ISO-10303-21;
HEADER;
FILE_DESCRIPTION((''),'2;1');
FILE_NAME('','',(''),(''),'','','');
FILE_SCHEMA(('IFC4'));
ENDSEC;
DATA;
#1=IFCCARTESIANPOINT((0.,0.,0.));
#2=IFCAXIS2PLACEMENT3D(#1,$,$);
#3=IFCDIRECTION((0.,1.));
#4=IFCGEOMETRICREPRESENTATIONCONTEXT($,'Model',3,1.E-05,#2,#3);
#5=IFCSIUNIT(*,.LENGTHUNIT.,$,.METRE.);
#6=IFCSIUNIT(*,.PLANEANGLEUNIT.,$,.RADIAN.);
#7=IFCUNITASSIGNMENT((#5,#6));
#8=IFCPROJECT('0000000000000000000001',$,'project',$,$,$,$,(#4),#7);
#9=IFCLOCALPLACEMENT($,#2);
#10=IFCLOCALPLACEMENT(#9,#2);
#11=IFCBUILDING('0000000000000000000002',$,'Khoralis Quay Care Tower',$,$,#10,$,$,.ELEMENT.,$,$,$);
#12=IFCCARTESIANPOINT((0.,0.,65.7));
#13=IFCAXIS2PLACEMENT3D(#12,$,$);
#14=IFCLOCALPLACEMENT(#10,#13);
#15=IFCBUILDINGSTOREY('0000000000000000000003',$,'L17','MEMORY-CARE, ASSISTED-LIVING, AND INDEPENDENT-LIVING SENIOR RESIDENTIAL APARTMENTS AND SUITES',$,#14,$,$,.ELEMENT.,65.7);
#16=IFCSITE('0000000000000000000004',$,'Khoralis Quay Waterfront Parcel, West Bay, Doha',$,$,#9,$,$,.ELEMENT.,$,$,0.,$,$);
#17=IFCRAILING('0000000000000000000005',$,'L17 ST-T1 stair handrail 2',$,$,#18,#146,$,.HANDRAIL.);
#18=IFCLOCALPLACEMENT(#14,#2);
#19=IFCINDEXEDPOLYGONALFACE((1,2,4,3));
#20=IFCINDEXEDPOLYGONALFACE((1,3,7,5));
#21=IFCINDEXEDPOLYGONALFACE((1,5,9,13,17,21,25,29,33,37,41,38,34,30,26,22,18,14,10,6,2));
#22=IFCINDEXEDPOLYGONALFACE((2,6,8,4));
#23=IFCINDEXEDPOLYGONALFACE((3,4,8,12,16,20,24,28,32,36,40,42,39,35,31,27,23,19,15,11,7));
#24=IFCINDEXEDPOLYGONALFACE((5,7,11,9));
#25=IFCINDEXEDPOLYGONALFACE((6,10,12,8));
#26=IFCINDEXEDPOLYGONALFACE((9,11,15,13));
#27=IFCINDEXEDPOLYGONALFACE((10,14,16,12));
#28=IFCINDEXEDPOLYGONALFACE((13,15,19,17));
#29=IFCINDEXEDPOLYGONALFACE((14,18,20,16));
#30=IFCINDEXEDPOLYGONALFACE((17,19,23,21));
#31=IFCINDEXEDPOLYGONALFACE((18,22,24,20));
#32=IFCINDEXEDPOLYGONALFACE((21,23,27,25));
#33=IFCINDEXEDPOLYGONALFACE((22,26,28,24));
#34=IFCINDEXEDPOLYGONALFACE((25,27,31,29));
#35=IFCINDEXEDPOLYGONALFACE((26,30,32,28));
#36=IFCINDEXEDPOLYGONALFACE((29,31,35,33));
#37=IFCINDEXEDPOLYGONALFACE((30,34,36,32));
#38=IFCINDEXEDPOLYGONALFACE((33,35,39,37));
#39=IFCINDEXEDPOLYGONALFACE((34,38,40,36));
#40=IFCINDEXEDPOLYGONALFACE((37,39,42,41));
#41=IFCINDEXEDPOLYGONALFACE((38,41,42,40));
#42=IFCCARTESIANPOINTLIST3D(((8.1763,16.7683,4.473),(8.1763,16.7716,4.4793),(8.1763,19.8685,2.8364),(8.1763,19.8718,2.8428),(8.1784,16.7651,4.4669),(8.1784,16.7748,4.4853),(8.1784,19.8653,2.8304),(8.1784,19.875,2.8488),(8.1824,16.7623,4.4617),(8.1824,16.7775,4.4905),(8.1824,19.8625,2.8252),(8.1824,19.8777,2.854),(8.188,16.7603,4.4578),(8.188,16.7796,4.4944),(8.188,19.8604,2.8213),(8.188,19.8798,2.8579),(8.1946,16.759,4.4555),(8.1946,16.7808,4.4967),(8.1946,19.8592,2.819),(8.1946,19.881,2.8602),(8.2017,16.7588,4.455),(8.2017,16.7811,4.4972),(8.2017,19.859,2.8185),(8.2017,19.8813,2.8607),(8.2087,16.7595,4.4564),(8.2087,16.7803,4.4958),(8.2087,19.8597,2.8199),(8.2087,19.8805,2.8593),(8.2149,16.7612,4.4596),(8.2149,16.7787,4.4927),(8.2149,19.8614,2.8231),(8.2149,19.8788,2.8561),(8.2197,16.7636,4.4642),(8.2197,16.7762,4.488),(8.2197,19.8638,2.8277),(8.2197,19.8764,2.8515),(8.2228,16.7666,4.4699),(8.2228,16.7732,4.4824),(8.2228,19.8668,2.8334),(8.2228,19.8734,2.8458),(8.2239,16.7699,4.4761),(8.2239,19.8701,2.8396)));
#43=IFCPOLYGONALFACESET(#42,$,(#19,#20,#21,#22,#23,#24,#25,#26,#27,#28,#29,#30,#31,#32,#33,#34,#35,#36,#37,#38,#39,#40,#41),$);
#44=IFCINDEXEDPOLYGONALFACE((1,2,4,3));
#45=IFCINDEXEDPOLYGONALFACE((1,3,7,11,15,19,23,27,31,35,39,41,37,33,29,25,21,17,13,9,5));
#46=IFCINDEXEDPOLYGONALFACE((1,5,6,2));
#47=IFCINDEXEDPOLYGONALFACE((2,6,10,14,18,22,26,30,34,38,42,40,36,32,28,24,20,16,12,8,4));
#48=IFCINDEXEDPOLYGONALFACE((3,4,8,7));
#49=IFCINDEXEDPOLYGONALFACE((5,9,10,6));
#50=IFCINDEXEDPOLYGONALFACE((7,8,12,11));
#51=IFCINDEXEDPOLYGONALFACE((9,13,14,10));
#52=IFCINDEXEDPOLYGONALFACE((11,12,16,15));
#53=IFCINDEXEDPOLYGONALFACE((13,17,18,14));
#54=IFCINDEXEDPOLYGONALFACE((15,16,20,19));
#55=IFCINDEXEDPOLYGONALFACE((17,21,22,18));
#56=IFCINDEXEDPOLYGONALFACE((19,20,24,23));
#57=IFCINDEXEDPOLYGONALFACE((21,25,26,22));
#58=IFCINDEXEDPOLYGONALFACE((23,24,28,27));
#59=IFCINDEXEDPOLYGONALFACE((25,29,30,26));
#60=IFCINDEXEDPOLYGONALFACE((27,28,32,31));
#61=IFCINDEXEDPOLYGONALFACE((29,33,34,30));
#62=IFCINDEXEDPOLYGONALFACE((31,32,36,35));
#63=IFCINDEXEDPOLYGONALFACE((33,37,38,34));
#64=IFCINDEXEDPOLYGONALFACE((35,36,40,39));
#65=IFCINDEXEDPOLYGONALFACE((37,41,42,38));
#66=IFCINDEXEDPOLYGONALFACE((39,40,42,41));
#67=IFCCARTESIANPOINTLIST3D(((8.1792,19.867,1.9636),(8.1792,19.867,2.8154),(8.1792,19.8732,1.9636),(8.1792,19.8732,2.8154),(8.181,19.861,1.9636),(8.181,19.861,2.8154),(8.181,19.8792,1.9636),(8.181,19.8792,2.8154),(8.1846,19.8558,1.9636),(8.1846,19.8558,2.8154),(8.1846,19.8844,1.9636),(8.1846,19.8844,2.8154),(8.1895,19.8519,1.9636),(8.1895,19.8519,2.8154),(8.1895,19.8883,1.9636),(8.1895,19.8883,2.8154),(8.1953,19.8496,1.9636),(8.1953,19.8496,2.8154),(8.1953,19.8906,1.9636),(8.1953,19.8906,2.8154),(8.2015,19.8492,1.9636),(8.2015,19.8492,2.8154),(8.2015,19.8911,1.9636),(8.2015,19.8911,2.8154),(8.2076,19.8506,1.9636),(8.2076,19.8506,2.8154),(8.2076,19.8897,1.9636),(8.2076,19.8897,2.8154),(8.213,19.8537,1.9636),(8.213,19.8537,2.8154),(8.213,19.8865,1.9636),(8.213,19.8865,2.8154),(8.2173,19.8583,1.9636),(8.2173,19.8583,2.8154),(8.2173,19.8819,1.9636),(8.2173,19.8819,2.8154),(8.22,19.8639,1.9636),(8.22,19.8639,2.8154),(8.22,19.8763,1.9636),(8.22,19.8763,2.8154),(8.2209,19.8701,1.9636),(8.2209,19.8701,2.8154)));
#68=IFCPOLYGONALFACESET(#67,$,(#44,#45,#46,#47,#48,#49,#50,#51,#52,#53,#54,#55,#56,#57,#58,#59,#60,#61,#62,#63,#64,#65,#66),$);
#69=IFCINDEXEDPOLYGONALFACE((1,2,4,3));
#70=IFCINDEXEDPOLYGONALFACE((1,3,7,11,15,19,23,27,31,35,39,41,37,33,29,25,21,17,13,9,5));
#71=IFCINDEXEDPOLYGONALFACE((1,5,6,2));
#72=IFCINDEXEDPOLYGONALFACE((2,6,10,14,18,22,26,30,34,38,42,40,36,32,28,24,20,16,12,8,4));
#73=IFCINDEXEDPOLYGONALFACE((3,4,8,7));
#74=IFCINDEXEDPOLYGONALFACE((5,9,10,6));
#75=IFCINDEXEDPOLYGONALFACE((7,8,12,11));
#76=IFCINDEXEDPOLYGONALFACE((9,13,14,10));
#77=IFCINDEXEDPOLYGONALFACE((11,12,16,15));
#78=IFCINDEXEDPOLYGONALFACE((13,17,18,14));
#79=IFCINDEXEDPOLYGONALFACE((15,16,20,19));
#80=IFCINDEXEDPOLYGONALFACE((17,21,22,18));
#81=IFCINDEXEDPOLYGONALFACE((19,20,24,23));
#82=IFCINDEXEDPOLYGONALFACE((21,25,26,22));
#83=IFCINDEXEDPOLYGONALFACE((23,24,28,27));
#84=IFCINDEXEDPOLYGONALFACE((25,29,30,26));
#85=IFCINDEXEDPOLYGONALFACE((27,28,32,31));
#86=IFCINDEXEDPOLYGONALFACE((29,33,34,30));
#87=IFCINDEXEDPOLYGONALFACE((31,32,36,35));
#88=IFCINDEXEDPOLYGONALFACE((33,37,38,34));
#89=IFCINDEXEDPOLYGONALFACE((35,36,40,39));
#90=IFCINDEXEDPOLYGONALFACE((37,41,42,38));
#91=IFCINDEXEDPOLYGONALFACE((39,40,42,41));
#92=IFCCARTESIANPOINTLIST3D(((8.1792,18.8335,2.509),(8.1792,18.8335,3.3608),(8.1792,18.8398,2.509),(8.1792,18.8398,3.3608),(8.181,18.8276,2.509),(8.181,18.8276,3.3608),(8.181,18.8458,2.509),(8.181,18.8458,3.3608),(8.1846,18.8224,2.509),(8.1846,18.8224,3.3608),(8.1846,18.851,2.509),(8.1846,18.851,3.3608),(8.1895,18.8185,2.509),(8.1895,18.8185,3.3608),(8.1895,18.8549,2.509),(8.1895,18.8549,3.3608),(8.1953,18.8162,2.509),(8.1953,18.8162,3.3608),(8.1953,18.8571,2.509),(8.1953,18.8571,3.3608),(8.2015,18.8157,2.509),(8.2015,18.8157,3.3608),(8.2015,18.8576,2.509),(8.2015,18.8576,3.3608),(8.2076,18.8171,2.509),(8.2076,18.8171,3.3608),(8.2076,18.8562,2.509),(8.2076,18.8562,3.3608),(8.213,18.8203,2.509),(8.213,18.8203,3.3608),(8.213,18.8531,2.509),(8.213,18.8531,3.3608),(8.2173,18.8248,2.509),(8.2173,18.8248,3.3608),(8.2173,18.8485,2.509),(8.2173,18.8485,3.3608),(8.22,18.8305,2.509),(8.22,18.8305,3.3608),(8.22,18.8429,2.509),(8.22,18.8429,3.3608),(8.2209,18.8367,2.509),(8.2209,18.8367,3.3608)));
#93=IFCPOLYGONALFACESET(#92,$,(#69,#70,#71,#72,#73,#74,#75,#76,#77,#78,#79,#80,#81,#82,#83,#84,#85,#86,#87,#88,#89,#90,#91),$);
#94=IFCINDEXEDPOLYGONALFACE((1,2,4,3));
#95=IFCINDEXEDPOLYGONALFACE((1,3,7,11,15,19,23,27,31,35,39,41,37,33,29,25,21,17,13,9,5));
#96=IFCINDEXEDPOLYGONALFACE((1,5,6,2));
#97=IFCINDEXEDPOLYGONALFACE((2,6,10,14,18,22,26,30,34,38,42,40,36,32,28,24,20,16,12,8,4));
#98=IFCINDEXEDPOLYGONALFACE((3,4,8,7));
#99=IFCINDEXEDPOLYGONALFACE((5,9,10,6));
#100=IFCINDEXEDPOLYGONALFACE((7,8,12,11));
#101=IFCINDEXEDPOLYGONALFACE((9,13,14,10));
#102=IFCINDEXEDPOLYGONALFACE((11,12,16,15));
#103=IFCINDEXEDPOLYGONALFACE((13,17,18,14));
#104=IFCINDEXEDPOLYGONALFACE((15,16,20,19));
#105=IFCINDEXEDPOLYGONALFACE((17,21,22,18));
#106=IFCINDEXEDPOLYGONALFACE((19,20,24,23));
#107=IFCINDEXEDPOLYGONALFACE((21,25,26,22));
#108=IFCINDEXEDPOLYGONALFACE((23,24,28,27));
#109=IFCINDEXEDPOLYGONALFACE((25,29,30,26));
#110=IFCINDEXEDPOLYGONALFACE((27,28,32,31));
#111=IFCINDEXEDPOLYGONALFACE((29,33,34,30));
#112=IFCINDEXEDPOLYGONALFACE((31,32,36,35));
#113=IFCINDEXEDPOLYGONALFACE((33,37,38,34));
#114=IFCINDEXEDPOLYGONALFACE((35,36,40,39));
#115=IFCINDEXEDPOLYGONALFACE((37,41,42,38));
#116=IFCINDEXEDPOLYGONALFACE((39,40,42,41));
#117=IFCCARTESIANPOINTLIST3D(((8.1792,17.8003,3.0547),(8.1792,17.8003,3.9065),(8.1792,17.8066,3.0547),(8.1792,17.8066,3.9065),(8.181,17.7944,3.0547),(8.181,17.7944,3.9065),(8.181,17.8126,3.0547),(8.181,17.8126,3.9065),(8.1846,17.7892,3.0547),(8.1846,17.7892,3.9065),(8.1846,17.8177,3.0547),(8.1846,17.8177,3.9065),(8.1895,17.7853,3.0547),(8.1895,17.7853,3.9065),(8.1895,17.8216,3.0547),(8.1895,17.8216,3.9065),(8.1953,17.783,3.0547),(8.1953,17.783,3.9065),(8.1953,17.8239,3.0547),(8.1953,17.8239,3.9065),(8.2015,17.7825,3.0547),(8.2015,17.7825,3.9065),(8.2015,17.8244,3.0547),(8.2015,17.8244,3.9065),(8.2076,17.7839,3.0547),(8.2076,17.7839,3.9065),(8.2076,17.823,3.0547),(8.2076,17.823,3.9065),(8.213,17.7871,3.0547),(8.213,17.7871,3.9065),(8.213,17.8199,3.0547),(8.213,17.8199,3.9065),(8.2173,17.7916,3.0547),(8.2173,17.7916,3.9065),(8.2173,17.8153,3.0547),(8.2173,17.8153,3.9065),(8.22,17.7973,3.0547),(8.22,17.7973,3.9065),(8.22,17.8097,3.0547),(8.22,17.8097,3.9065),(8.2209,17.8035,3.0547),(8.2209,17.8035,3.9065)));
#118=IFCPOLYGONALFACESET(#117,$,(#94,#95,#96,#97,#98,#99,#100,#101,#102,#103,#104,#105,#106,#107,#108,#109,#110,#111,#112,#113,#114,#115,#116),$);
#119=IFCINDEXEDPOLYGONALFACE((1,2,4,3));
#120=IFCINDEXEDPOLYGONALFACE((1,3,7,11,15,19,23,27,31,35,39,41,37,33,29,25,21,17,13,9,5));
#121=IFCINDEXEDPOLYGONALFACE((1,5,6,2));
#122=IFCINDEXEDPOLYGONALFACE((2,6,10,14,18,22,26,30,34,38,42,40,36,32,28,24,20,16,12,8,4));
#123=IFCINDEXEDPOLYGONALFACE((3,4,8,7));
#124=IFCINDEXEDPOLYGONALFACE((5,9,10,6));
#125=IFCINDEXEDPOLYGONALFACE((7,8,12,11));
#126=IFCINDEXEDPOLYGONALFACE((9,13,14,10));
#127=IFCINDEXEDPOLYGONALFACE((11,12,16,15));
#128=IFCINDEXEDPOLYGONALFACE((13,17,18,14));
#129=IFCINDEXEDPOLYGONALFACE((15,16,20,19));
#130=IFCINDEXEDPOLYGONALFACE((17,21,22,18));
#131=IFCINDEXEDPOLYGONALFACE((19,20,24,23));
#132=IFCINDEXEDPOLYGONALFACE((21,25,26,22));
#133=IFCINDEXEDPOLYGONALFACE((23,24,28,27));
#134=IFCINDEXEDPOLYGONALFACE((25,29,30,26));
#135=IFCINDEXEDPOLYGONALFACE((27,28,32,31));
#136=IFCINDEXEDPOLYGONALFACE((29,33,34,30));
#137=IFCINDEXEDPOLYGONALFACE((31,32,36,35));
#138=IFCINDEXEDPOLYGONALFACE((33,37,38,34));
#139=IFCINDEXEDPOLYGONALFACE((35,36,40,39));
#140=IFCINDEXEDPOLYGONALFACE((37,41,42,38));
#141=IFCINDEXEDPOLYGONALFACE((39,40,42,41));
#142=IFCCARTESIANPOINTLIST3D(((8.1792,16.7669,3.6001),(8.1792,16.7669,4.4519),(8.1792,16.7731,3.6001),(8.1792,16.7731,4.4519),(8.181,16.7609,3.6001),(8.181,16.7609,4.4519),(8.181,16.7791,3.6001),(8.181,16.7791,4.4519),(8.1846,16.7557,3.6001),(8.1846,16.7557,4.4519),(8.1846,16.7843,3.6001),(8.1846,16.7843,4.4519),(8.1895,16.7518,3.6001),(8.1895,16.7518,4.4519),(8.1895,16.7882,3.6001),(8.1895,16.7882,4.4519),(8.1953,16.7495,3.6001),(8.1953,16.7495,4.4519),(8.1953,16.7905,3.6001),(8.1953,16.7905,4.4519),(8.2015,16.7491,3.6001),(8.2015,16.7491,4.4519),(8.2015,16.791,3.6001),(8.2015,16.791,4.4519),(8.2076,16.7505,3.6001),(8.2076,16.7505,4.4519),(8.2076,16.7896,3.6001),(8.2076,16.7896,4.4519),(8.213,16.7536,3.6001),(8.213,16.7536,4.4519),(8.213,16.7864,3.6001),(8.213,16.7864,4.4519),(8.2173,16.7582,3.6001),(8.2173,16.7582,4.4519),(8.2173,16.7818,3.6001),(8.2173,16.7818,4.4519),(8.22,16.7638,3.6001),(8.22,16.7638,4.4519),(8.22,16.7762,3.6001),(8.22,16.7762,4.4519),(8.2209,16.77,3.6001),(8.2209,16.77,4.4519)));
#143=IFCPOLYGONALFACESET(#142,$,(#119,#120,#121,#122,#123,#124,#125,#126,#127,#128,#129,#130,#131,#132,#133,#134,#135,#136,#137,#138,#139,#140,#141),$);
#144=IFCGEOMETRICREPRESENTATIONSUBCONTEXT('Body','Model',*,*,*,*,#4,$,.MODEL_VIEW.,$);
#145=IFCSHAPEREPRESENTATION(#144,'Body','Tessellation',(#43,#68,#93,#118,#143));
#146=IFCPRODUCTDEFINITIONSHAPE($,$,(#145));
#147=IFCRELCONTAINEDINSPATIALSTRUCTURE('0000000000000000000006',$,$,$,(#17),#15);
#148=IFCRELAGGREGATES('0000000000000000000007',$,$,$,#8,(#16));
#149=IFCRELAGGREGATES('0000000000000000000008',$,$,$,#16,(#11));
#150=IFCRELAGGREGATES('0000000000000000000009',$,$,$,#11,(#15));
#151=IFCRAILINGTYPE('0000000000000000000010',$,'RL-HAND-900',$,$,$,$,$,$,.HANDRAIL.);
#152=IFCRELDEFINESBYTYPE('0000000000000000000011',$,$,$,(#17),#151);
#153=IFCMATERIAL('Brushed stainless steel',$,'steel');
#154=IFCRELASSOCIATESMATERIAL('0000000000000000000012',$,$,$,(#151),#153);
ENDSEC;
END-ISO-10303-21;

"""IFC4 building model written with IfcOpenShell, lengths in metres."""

from ifc_helpers import new_model, si_unit, direction, frame, origin, origin_2d, place, context, subcontext, project, spatial, circle, extrude, material, type_object, element, save


model = new_model("IFC4")

# Units and contexts
model_context = context("Model", 3, precision=1e-05, world=origin(), true_north=direction((0.0, 1.0)))
body_context = subcontext(model_context, "Body", "Model", "MODEL_VIEW")
ifc_project = project(units=[si_unit("LENGTHUNIT", "METRE"), si_unit("PLANEANGLEUNIT", "RADIAN")], contexts=[model_context])

# Site, building, storey
site_placement = place(None, origin())
site = spatial("IfcSite", under=ifc_project, at=site_placement, Name="Khoralis Quay Waterfront Parcel, West Bay, Doha", CompositionType="ELEMENT", RefElevation=0.0)
building_placement = place(site_placement, origin())
building = spatial("IfcBuilding", under=site, at=building_placement, Name="Khoralis Quay Care Tower", CompositionType="ELEMENT")
storey_placement = place(building_placement, frame((0.0, 0.0, 65.7)))
storey = spatial("IfcBuildingStorey", under=building, at=storey_placement, Name="L17", Description="MEMORY-CARE, ASSISTED-LIVING, AND INDEPENDENT-LIVING SENIOR RESIDENTIAL APARTMENTS AND SUITES", CompositionType="ELEMENT", Elevation=65.7)

# Shared definitions
ifc_material_1 = material(Name="Brushed stainless steel", Category="steel")

# Railing
railing_type_1 = type_object("IfcRailingType", Name="RL-HAND-900", PredefinedType="HANDRAIL", material=ifc_material_1)
railing_1_placement = place(storey_placement, frame((8.2, 19.8701, 1.9636)))
element("IfcRailing", 1, at=railing_1_placement, inside=storey, type_object=railing_type_1, Name="L17 ST-T1 stair handrail 2", PredefinedType="HANDRAIL", context=body_context, shape_type="SweptSolid", body=[
    extrude(circle(Radius=0.0239, at=origin_2d()), frame((0.0, 0.0, 0.876), z_axis=(0.0, -0.884348, 0.466828), x_axis=(1.0, 0.0, 0.0)), (0.0, 0.0, 1.0), 3.5056),
    extrude(circle(Radius=0.021, at=origin_2d()), origin(), (0.0, 0.0, 1.0), 0.8518),
    extrude(circle(Radius=0.021, at=origin_2d()), frame((0.0, -1.0334, 0.5454)), (0.0, 0.0, 1.0), 0.8518),
    extrude(circle(Radius=0.021, at=origin_2d()), frame((0.0, -2.0667, 1.0911)), (0.0, 0.0, 1.0), 0.8518),
    extrude(circle(Radius=0.021, at=origin_2d()), frame((0.0, -3.1001, 1.6365)), (0.0, 0.0, 1.0), 0.8518),
])

save(model, "model.ifc")
